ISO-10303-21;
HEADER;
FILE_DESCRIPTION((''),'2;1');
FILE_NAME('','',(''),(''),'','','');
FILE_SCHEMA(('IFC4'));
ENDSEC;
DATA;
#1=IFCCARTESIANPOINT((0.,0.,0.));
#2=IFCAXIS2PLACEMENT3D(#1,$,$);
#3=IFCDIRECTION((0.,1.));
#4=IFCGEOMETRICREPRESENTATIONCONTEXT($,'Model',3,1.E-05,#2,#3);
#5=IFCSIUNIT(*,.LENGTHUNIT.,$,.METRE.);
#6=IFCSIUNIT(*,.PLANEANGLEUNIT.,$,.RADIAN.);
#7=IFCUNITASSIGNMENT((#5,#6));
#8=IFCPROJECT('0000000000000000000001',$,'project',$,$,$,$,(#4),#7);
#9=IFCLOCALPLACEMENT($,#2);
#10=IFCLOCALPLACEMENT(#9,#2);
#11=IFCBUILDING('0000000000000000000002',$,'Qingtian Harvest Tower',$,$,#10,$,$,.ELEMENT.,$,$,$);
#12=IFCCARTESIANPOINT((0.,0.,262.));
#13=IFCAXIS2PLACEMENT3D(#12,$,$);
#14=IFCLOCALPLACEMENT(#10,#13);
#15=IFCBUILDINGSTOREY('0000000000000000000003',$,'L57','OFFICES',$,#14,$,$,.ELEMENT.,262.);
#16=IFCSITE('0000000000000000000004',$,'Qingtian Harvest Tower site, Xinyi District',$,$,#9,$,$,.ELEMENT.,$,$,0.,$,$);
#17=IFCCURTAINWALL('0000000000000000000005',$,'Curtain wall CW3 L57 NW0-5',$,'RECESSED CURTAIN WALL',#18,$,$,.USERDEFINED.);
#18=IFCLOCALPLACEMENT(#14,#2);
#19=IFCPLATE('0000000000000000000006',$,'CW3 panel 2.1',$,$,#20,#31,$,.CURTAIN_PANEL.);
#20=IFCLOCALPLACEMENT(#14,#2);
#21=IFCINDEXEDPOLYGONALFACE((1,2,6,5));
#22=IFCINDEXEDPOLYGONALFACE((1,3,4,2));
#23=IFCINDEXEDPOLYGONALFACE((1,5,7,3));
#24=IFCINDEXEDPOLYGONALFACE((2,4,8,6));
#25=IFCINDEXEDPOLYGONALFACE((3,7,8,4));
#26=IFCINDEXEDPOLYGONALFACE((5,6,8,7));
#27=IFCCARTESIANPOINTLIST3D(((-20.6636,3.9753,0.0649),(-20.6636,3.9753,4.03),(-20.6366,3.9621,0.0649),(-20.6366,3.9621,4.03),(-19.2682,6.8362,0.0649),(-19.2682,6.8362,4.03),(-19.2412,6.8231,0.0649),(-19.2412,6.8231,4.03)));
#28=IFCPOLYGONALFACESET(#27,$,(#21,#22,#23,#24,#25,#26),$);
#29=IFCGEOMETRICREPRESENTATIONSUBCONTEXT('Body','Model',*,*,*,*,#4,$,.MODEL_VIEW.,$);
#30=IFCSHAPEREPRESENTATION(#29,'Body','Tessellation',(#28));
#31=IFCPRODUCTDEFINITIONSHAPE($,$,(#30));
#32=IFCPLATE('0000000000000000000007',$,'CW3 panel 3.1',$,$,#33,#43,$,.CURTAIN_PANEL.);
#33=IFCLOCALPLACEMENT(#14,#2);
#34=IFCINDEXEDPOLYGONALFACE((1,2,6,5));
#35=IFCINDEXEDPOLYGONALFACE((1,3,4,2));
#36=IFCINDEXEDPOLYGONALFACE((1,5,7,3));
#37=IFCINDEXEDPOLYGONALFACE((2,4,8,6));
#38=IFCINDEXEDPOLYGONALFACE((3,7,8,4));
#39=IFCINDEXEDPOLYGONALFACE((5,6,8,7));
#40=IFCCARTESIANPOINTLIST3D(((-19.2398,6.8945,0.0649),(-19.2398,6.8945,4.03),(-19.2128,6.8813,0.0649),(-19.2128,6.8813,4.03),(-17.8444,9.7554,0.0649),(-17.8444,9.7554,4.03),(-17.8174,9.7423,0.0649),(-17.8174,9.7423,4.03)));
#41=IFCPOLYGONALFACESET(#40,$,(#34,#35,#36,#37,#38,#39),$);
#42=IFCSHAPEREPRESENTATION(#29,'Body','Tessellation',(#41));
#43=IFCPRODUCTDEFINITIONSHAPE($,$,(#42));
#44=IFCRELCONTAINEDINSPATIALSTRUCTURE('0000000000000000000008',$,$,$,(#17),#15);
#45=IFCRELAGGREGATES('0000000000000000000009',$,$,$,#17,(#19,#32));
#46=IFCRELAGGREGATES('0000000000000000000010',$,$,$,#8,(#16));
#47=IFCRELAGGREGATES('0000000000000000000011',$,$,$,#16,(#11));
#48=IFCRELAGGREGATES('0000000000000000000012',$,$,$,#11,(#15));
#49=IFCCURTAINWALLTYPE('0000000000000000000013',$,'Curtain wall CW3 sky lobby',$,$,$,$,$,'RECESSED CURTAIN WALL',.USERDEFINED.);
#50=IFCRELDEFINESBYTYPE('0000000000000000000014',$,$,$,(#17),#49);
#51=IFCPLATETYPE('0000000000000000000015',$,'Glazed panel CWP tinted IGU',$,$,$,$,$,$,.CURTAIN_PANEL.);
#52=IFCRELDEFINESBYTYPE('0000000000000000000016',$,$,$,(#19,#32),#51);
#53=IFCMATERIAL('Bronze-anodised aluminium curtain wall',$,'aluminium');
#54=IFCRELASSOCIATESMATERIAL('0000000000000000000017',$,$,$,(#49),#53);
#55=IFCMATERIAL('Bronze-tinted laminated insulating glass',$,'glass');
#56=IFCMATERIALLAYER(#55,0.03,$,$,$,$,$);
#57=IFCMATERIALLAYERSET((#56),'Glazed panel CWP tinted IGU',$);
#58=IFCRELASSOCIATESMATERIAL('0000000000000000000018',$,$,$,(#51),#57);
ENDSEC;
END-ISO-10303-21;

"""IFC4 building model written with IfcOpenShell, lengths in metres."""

from ifc_helpers import new_model, si_unit, direction, frame, origin, origin_2d, place, context, subcontext, project, spatial, rectangle, extrude, material, layer, layer_set, type_object, element, aggregate, save


model = new_model("IFC4")

# Units and contexts
model_context = context("Model", 3, precision=1e-05, world=origin(), true_north=direction((0.0, 1.0)))
body_context = subcontext(model_context, "Body", "Model", "MODEL_VIEW")
ifc_project = project(units=[si_unit("LENGTHUNIT", "METRE"), si_unit("PLANEANGLEUNIT", "RADIAN")], contexts=[model_context])

# Site, building, storey
site_placement = place(None, origin())
site = spatial("IfcSite", under=ifc_project, at=site_placement, Name="Qingtian Harvest Tower site, Xinyi District", CompositionType="ELEMENT", RefElevation=0.0)
building_placement = place(site_placement, origin())
building = spatial("IfcBuilding", under=site, at=building_placement, Name="Qingtian Harvest Tower", CompositionType="ELEMENT")
storey_placement = place(building_placement, frame((0.0, 0.0, 262.0)))
storey = spatial("IfcBuildingStorey", under=building, at=storey_placement, Name="L57", Description="OFFICES", CompositionType="ELEMENT", Elevation=262.0)

# Curtain wall
ifc_material_1 = material(Name="Bronze-anodised aluminium curtain wall", Category="aluminium")
curtain_wall_type = type_object("IfcCurtainWallType", Name="Curtain wall CW3 sky lobby", ElementType="RECESSED CURTAIN WALL", PredefinedType="USERDEFINED", material=ifc_material_1)
curtain_wall_placement = place(storey_placement, origin())
curtain_wall = element("IfcCurtainWall", 1, at=curtain_wall_placement, inside=storey, type_object=curtain_wall_type, Name="Curtain wall CW3 L57 NW0-5", ObjectType="RECESSED CURTAIN WALL", PredefinedType="USERDEFINED")

# Plates
ifc_material_2 = material(Name="Bronze-tinted laminated insulating glass", Category="glass")
ifc_layer_1 = layer(ifc_material_2, 0.03)
ifc_layer_set_1 = layer_set([ifc_layer_1], Name="Glazed panel CWP tinted IGU")
plate_type = type_object("IfcPlateType", Name="Glazed panel CWP tinted IGU", PredefinedType="CURTAIN_PANEL", material=ifc_layer_set_1)
plate_1_placement = place(storey_placement, frame((-19.9524, 5.3992, 0.0649), z_axis=(0.0, 0.0, 1.0), x_axis=(0.438371, 0.898794, 0.0)))
plate_1 = element("IfcPlate", 2, at=plate_1_placement, type_object=plate_type, Name="CW3 panel 2.1", PredefinedType="CURTAIN_PANEL", context=body_context, shape_type="SweptSolid", body=[
    extrude(rectangle(XDim=3.1831, YDim=0.03, at=origin_2d()), origin(), (0.0, 0.0, 1.0), 3.9651),
])
plate_2_placement = place(storey_placement, frame((-18.5286, 8.3184, 0.0649), z_axis=(0.0, 0.0, 1.0), x_axis=(0.438371, 0.898794, 0.0)))
plate_2 = element("IfcPlate", 3, at=plate_2_placement, type_object=plate_type, Name="CW3 panel 3.1", PredefinedType="CURTAIN_PANEL", context=body_context, shape_type="SweptSolid", body=[
    extrude(rectangle(XDim=3.1831, YDim=0.03, at=origin_2d()), origin(), (0.0, 0.0, 1.0), 3.9651),
])
aggregate(curtain_wall, [plate_1, plate_2])

save(model, "model.ifc")
